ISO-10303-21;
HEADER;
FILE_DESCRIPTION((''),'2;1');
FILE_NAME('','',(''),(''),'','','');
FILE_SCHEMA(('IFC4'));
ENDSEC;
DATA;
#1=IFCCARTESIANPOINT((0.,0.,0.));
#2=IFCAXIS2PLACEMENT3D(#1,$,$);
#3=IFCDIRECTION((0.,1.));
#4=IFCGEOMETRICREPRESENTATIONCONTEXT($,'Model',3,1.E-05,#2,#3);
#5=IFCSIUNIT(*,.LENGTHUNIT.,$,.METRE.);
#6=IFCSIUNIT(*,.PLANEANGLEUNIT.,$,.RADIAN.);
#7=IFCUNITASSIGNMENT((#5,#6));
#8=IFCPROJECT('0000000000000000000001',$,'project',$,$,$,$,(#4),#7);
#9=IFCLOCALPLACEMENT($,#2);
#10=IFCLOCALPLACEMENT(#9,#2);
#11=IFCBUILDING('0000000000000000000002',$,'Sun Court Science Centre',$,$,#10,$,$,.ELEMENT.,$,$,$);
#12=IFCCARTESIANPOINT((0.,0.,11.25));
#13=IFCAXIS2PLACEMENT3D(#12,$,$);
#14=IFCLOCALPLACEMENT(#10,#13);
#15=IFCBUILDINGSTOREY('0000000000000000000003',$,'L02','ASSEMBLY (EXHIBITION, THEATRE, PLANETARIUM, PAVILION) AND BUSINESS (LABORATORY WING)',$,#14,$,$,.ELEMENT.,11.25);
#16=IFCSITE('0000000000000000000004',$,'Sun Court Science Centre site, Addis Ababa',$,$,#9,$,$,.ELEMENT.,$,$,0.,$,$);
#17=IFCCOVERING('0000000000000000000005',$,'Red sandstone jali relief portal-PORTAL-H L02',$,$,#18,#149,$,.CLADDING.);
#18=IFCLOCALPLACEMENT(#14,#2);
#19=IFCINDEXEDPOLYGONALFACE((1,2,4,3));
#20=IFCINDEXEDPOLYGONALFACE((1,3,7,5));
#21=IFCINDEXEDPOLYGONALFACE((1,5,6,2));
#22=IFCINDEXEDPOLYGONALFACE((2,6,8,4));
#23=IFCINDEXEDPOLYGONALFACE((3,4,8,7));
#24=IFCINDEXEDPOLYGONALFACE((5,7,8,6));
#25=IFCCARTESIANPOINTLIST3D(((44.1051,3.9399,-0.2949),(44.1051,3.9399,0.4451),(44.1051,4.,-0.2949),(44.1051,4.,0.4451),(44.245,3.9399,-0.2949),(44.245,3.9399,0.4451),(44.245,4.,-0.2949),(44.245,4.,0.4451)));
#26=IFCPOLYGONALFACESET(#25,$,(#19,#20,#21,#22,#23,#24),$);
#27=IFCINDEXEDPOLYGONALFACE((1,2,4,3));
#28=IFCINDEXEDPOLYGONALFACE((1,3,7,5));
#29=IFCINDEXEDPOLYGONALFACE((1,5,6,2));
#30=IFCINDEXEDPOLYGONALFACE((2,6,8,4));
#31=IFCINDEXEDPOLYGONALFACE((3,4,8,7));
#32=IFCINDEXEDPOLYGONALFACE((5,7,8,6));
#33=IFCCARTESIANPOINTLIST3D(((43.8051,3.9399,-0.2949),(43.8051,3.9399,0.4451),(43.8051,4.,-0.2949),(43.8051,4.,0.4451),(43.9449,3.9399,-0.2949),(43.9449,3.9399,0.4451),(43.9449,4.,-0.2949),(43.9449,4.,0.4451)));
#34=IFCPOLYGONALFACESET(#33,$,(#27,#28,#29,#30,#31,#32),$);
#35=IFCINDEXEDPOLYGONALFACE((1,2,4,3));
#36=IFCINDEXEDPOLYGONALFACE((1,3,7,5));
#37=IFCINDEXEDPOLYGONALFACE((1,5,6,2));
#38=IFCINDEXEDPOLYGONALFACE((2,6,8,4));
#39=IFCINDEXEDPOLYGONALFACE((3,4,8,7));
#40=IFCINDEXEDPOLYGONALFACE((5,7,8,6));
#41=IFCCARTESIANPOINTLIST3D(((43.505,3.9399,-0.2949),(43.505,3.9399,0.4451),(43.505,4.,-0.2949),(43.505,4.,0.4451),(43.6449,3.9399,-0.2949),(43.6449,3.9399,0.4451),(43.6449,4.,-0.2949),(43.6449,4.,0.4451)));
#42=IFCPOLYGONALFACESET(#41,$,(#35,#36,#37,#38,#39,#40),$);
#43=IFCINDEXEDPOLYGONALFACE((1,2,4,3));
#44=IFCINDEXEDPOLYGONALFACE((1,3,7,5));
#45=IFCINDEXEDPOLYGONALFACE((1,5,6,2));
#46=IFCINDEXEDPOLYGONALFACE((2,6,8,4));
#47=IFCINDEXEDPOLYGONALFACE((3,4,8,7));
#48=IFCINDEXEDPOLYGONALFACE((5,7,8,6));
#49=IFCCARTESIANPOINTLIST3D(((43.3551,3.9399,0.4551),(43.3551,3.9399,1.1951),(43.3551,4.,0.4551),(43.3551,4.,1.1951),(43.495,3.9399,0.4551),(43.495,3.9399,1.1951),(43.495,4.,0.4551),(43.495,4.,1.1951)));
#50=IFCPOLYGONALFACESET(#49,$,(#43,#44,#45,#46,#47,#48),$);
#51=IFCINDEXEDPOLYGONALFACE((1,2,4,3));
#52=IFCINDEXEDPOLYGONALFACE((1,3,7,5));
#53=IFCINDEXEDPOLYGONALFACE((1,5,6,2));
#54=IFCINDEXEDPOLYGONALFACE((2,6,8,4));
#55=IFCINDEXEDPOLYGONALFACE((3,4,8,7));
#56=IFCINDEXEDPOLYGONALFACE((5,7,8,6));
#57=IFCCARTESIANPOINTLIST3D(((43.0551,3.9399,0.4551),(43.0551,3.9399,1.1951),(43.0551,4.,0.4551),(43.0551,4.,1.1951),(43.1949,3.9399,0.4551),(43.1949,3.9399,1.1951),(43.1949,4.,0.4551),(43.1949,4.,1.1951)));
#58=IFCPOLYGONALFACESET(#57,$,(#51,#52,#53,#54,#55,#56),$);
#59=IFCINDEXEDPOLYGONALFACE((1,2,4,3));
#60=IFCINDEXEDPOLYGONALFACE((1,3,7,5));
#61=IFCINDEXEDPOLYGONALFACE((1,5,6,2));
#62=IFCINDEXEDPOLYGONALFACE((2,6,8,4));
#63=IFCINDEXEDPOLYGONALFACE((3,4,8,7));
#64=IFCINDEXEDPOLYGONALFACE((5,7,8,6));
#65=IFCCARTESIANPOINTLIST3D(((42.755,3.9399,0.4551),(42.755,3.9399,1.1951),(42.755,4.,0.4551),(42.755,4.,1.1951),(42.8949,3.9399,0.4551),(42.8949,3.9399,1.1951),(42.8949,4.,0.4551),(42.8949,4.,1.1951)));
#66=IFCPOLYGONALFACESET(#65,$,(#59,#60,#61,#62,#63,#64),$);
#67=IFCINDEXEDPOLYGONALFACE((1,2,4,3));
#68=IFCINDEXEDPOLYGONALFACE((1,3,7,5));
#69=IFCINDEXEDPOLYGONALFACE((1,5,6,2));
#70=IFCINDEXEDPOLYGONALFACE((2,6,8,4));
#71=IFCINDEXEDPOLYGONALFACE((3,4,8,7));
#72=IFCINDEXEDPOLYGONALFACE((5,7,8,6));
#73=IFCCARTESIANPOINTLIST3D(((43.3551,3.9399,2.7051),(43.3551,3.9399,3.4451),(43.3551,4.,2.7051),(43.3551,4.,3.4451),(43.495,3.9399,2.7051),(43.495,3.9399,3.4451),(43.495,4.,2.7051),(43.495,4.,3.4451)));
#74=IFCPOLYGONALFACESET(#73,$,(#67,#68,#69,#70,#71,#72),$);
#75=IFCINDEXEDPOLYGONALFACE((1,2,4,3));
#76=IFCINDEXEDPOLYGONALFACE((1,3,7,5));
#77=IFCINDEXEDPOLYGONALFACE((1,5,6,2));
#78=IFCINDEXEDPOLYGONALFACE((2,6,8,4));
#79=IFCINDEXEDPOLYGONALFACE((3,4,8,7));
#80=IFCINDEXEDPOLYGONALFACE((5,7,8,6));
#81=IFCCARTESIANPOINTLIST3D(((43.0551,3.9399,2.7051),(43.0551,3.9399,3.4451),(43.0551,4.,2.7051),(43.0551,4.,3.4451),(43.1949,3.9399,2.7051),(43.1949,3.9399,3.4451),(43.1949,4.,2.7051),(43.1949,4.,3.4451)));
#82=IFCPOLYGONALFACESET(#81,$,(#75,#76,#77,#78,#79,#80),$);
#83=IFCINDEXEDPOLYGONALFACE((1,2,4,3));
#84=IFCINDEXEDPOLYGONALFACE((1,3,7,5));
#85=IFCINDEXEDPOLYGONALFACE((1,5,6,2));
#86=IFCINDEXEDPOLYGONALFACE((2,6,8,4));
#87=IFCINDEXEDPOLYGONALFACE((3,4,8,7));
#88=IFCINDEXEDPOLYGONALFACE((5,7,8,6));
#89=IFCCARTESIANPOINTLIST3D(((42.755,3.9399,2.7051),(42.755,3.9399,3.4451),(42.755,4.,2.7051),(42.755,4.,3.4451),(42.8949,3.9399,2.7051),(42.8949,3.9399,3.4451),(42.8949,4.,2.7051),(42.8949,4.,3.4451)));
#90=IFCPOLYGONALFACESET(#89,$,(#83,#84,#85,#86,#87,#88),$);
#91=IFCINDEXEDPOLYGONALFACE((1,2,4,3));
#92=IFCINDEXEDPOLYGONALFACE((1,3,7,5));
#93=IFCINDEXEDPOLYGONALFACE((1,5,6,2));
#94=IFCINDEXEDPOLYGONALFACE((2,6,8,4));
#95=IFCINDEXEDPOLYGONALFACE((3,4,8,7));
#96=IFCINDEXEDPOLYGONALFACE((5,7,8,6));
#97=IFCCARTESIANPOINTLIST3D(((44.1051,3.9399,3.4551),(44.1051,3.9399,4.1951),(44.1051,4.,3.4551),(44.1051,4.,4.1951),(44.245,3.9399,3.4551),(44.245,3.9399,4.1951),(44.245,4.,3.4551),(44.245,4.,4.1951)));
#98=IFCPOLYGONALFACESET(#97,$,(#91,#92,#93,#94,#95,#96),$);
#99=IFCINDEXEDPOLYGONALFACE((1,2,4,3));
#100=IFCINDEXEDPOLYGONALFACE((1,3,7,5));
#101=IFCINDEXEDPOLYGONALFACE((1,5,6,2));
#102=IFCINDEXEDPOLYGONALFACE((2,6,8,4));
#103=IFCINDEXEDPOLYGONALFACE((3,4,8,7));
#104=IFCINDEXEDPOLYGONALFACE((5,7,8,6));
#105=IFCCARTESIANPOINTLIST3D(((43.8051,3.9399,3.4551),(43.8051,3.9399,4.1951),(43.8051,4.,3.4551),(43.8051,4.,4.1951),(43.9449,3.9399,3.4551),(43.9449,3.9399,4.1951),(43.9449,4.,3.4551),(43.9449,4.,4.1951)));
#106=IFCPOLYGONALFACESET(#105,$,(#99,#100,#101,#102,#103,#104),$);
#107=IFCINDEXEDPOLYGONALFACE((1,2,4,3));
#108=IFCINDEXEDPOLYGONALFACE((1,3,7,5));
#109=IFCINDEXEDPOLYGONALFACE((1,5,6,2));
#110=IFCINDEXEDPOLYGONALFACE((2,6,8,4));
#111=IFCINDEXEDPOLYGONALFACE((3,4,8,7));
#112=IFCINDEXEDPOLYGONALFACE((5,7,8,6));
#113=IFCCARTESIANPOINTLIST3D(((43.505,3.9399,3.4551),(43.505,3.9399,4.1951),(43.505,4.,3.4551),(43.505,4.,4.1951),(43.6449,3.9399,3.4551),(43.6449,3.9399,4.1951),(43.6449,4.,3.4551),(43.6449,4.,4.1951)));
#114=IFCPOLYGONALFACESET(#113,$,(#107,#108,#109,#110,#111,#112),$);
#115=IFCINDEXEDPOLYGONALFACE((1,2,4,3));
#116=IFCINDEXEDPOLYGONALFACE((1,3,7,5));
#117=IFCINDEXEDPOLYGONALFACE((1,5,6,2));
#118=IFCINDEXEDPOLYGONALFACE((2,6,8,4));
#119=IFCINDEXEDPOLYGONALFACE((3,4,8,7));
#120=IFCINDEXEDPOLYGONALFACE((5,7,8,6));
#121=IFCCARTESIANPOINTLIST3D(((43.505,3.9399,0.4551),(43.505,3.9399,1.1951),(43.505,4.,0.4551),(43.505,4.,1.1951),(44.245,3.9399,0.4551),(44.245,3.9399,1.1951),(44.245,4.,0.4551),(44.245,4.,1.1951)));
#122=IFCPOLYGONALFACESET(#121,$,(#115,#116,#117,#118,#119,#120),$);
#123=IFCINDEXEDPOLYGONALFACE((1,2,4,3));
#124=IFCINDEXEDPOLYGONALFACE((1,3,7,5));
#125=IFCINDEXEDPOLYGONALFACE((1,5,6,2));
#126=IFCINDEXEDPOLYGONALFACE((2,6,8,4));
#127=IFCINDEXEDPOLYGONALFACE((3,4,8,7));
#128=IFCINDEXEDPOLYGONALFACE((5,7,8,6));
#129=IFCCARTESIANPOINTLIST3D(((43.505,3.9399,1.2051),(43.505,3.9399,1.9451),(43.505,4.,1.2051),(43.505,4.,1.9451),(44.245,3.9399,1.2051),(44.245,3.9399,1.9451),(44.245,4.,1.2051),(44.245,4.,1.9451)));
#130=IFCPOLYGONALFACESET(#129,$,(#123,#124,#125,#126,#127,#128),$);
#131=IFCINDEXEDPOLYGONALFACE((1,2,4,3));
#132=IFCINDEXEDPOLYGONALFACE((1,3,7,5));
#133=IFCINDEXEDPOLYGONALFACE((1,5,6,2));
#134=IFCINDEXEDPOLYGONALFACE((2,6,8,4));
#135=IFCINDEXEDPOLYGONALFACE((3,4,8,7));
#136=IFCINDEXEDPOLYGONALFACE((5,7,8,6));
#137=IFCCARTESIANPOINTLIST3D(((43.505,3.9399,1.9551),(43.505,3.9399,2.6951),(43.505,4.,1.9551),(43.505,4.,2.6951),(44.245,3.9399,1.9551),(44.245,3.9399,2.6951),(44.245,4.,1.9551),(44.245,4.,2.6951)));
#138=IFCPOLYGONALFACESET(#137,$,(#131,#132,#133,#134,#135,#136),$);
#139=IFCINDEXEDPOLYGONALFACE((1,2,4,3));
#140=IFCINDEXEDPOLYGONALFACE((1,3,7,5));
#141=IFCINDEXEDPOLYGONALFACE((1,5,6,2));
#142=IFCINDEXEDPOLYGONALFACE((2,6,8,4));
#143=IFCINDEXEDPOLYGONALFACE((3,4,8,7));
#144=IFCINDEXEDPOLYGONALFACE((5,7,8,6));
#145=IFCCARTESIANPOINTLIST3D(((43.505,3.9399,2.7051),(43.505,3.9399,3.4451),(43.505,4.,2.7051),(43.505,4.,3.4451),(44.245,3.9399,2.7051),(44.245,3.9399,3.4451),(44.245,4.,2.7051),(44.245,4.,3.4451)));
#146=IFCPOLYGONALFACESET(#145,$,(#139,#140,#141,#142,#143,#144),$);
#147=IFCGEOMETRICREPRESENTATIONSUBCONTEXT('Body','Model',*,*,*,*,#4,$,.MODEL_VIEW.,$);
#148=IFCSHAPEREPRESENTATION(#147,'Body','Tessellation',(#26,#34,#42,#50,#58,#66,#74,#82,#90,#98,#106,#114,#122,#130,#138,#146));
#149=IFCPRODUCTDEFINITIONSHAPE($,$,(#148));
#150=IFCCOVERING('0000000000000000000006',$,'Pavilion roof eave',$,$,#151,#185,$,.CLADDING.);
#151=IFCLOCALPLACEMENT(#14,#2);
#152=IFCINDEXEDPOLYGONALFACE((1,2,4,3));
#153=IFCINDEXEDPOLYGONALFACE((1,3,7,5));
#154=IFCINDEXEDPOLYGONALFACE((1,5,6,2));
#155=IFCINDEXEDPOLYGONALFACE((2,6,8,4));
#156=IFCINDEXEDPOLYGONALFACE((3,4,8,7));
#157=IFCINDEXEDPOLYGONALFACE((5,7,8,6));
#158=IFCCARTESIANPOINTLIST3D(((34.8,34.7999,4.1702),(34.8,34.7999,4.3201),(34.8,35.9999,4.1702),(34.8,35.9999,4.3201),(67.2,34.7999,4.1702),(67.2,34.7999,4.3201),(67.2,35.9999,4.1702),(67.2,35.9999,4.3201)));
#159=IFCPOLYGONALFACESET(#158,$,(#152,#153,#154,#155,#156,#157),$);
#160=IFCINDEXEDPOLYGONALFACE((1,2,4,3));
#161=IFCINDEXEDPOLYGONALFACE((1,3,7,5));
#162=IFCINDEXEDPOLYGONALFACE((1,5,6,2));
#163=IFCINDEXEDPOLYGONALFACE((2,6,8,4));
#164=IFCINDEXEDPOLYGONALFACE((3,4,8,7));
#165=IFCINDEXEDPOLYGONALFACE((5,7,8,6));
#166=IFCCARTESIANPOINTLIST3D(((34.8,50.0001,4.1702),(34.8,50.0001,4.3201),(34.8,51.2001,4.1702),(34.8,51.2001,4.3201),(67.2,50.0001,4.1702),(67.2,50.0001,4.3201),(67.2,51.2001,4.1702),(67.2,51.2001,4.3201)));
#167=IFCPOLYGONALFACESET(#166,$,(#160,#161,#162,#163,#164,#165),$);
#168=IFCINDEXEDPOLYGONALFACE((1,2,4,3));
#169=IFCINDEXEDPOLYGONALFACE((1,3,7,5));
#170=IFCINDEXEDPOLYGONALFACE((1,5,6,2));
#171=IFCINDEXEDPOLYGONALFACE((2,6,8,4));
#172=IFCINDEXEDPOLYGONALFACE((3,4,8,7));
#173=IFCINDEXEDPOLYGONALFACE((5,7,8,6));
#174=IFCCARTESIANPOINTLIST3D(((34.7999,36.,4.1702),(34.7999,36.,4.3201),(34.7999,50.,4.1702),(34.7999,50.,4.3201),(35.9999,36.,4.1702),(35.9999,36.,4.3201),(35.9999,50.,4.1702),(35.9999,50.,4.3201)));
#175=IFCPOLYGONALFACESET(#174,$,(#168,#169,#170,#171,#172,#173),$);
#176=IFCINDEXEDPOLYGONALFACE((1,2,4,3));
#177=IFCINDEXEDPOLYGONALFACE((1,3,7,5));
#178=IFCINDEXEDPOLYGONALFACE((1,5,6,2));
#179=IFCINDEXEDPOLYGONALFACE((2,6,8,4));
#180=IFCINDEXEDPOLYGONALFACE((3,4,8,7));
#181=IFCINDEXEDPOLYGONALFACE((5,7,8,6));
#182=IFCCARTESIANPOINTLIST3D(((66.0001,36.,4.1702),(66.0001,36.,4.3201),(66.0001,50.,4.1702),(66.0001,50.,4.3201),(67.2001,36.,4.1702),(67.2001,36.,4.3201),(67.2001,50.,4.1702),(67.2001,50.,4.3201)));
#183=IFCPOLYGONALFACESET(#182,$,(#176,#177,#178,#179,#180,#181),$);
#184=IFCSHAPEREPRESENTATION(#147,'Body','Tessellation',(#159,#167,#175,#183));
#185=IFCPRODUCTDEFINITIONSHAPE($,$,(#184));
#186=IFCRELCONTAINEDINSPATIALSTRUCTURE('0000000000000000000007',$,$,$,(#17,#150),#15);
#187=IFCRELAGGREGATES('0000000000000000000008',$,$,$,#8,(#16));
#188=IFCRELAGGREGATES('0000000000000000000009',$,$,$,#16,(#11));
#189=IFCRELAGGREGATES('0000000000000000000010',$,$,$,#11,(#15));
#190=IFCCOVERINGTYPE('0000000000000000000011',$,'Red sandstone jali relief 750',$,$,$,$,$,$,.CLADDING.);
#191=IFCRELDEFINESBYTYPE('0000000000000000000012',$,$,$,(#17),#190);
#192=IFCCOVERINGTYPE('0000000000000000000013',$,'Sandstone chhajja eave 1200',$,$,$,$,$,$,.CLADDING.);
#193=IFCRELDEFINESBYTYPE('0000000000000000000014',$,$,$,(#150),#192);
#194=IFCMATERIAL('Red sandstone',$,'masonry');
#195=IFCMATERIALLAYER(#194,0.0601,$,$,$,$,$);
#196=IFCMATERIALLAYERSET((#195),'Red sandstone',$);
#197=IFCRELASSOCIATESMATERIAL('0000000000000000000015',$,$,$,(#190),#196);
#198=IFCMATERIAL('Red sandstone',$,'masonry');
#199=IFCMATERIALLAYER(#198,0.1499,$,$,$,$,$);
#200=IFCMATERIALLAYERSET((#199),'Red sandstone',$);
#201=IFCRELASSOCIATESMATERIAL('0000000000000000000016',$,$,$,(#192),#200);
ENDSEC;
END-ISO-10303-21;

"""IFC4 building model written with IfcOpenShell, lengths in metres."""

from ifc_helpers import new_model, si_unit, direction, frame, origin, origin_2d, place, context, subcontext, project, spatial, rectangle, extrude, material, layer, layer_set, type_object, element, save


model = new_model("IFC4")

# Units and contexts
model_context = context("Model", 3, precision=1e-05, world=origin(), true_north=direction((0.0, 1.0)))
body_context = subcontext(model_context, "Body", "Model", "MODEL_VIEW")
ifc_project = project(units=[si_unit("LENGTHUNIT", "METRE"), si_unit("PLANEANGLEUNIT", "RADIAN")], contexts=[model_context])

# Site, building, storey
site_placement = place(None, origin())
site = spatial("IfcSite", under=ifc_project, at=site_placement, Name="Sun Court Science Centre site, Addis Ababa", CompositionType="ELEMENT", RefElevation=0.0)
building_placement = place(site_placement, origin())
building = spatial("IfcBuilding", under=site, at=building_placement, Name="Sun Court Science Centre", CompositionType="ELEMENT")
storey_placement = place(building_placement, frame((0.0, 0.0, 11.25)))
storey = spatial("IfcBuildingStorey", under=building, at=storey_placement, Name="L02", Description="ASSEMBLY (EXHIBITION, THEATRE, PLANETARIUM, PAVILION) AND BUSINESS (LABORATORY WING)", CompositionType="ELEMENT", Elevation=11.25)

# Coverings
ifc_material_1 = material(Name="Red sandstone", Category="masonry")
ifc_layer_1 = layer(ifc_material_1, 0.0601)
ifc_layer_set_1 = layer_set([ifc_layer_1], Name="Red sandstone")
covering_type_1 = type_object("IfcCoveringType", Name="Red sandstone jali relief 750", PredefinedType="CLADDING", material=ifc_layer_set_1)
covering_1_placement = place(storey_placement, frame((0.0, 0.0, -11.25)))
element("IfcCovering", 1, at=covering_1_placement, inside=storey, type_object=covering_type_1, Name="Red sandstone jali relief portal-PORTAL-H L02", PredefinedType="CLADDING", context=body_context, shape_type="SweptSolid", body=[
    extrude(rectangle(XDim=0.1399, YDim=0.0601, at=origin_2d()), frame((44.175, 3.97, 10.9551), z_axis=(0.0, 0.0, 1.0), x_axis=(-1.0, 0.0, 0.0)), (0.0, 0.0, 1.0), 0.74),
    extrude(rectangle(XDim=0.1399, YDim=0.0601, at=origin_2d()), frame((43.875, 3.97, 10.9551), z_axis=(0.0, 0.0, 1.0), x_axis=(-1.0, 0.0, 0.0)), (0.0, 0.0, 1.0), 0.74),
    extrude(rectangle(XDim=0.1399, YDim=0.0601, at=origin_2d()), frame((43.575, 3.97, 10.9551), z_axis=(0.0, 0.0, 1.0), x_axis=(-1.0, 0.0, 0.0)), (0.0, 0.0, 1.0), 0.74),
    extrude(rectangle(XDim=0.1399, YDim=0.0601, at=origin_2d()), frame((43.425, 3.97, 11.7051), z_axis=(0.0, 0.0, 1.0), x_axis=(-1.0, 0.0, 0.0)), (0.0, 0.0, 1.0), 0.74),
    extrude(rectangle(XDim=0.1399, YDim=0.0601, at=origin_2d()), frame((43.125, 3.97, 11.7051), z_axis=(0.0, 0.0, 1.0), x_axis=(-1.0, 0.0, 0.0)), (0.0, 0.0, 1.0), 0.74),
    extrude(rectangle(XDim=0.1399, YDim=0.0601, at=origin_2d()), frame((42.825, 3.97, 11.7051), z_axis=(0.0, 0.0, 1.0), x_axis=(-1.0, 0.0, 0.0)), (0.0, 0.0, 1.0), 0.74),
    extrude(rectangle(XDim=0.1399, YDim=0.0601, at=origin_2d()), frame((43.425, 3.97, 13.9551), z_axis=(0.0, 0.0, 1.0), x_axis=(-1.0, 0.0, 0.0)), (0.0, 0.0, 1.0), 0.74),
    extrude(rectangle(XDim=0.1399, YDim=0.0601, at=origin_2d()), frame((43.125, 3.97, 13.9551), z_axis=(0.0, 0.0, 1.0), x_axis=(-1.0, 0.0, 0.0)), (0.0, 0.0, 1.0), 0.74),
    extrude(rectangle(XDim=0.1399, YDim=0.0601, at=origin_2d()), frame((42.825, 3.97, 13.9551), z_axis=(0.0, 0.0, 1.0), x_axis=(-1.0, 0.0, 0.0)), (0.0, 0.0, 1.0), 0.74),
    extrude(rectangle(XDim=0.1399, YDim=0.0601, at=origin_2d()), frame((44.175, 3.97, 14.7051), z_axis=(0.0, 0.0, 1.0), x_axis=(-1.0, 0.0, 0.0)), (0.0, 0.0, 1.0), 0.74),
    extrude(rectangle(XDim=0.1399, YDim=0.0601, at=origin_2d()), frame((43.875, 3.97, 14.7051), z_axis=(0.0, 0.0, 1.0), x_axis=(-1.0, 0.0, 0.0)), (0.0, 0.0, 1.0), 0.74),
    extrude(rectangle(XDim=0.1399, YDim=0.0601, at=origin_2d()), frame((43.575, 3.97, 14.7051), z_axis=(0.0, 0.0, 1.0), x_axis=(-1.0, 0.0, 0.0)), (0.0, 0.0, 1.0), 0.74),
    extrude(rectangle(XDim=0.74, YDim=0.0601, at=origin_2d()), frame((43.875, 3.97, 11.7051), z_axis=(0.0, 0.0, 1.0), x_axis=(-1.0, 0.0, 0.0)), (0.0, 0.0, 1.0), 0.74),
    extrude(rectangle(XDim=0.74, YDim=0.0601, at=origin_2d()), frame((43.875, 3.97, 12.4551), z_axis=(0.0, 0.0, 1.0), x_axis=(-1.0, 0.0, 0.0)), (0.0, 0.0, 1.0), 0.74),
    extrude(rectangle(XDim=0.74, YDim=0.0601, at=origin_2d()), frame((43.875, 3.97, 13.2051), z_axis=(0.0, 0.0, 1.0), x_axis=(-1.0, 0.0, 0.0)), (0.0, 0.0, 1.0), 0.74),
    extrude(rectangle(XDim=0.74, YDim=0.0601, at=origin_2d()), frame((43.875, 3.97, 13.9551), z_axis=(0.0, 0.0, 1.0), x_axis=(-1.0, 0.0, 0.0)), (0.0, 0.0, 1.0), 0.74),
])
ifc_material_2 = material(Name="Red sandstone", Category="masonry")
ifc_layer_2 = layer(ifc_material_2, 0.1499)
ifc_layer_set_2 = layer_set([ifc_layer_2], Name="Red sandstone")
covering_type_2 = type_object("IfcCoveringType", Name="Sandstone chhajja eave 1200", PredefinedType="CLADDING", material=ifc_layer_set_2)
covering_2_placement = place(storey_placement, frame((0.0, 0.0, -11.25)))
element("IfcCovering", 2, at=covering_2_placement, inside=storey, type_object=covering_type_2, Name="Pavilion roof eave", PredefinedType="CLADDING", context=body_context, shape_type="SweptSolid", body=[
    extrude(rectangle(XDim=32.3999, YDim=1.2, at=origin_2d()), frame((51.0, 35.3999, 15.4202), z_axis=(0.0, 0.0, 1.0), x_axis=(1.0, 0.0, 0.0)), (0.0, 0.0, 1.0), 0.1499),
    extrude(rectangle(XDim=32.3999, YDim=1.2, at=origin_2d()), frame((51.0, 50.6001, 15.4202), z_axis=(0.0, 0.0, 1.0), x_axis=(1.0, 0.0, 0.0)), (0.0, 0.0, 1.0), 0.1499),
    extrude(rectangle(XDim=1.2, YDim=14.0, at=origin_2d()), frame((35.3999, 43.0, 15.4202), z_axis=(0.0, 0.0, 1.0), x_axis=(1.0, 0.0, 0.0)), (0.0, 0.0, 1.0), 0.1499),
    extrude(rectangle(XDim=1.2, YDim=14.0, at=origin_2d()), frame((66.6001, 43.0, 15.4202), z_axis=(0.0, 0.0, 1.0), x_axis=(1.0, 0.0, 0.0)), (0.0, 0.0, 1.0), 0.1499),
])

save(model, "model.ifc")
